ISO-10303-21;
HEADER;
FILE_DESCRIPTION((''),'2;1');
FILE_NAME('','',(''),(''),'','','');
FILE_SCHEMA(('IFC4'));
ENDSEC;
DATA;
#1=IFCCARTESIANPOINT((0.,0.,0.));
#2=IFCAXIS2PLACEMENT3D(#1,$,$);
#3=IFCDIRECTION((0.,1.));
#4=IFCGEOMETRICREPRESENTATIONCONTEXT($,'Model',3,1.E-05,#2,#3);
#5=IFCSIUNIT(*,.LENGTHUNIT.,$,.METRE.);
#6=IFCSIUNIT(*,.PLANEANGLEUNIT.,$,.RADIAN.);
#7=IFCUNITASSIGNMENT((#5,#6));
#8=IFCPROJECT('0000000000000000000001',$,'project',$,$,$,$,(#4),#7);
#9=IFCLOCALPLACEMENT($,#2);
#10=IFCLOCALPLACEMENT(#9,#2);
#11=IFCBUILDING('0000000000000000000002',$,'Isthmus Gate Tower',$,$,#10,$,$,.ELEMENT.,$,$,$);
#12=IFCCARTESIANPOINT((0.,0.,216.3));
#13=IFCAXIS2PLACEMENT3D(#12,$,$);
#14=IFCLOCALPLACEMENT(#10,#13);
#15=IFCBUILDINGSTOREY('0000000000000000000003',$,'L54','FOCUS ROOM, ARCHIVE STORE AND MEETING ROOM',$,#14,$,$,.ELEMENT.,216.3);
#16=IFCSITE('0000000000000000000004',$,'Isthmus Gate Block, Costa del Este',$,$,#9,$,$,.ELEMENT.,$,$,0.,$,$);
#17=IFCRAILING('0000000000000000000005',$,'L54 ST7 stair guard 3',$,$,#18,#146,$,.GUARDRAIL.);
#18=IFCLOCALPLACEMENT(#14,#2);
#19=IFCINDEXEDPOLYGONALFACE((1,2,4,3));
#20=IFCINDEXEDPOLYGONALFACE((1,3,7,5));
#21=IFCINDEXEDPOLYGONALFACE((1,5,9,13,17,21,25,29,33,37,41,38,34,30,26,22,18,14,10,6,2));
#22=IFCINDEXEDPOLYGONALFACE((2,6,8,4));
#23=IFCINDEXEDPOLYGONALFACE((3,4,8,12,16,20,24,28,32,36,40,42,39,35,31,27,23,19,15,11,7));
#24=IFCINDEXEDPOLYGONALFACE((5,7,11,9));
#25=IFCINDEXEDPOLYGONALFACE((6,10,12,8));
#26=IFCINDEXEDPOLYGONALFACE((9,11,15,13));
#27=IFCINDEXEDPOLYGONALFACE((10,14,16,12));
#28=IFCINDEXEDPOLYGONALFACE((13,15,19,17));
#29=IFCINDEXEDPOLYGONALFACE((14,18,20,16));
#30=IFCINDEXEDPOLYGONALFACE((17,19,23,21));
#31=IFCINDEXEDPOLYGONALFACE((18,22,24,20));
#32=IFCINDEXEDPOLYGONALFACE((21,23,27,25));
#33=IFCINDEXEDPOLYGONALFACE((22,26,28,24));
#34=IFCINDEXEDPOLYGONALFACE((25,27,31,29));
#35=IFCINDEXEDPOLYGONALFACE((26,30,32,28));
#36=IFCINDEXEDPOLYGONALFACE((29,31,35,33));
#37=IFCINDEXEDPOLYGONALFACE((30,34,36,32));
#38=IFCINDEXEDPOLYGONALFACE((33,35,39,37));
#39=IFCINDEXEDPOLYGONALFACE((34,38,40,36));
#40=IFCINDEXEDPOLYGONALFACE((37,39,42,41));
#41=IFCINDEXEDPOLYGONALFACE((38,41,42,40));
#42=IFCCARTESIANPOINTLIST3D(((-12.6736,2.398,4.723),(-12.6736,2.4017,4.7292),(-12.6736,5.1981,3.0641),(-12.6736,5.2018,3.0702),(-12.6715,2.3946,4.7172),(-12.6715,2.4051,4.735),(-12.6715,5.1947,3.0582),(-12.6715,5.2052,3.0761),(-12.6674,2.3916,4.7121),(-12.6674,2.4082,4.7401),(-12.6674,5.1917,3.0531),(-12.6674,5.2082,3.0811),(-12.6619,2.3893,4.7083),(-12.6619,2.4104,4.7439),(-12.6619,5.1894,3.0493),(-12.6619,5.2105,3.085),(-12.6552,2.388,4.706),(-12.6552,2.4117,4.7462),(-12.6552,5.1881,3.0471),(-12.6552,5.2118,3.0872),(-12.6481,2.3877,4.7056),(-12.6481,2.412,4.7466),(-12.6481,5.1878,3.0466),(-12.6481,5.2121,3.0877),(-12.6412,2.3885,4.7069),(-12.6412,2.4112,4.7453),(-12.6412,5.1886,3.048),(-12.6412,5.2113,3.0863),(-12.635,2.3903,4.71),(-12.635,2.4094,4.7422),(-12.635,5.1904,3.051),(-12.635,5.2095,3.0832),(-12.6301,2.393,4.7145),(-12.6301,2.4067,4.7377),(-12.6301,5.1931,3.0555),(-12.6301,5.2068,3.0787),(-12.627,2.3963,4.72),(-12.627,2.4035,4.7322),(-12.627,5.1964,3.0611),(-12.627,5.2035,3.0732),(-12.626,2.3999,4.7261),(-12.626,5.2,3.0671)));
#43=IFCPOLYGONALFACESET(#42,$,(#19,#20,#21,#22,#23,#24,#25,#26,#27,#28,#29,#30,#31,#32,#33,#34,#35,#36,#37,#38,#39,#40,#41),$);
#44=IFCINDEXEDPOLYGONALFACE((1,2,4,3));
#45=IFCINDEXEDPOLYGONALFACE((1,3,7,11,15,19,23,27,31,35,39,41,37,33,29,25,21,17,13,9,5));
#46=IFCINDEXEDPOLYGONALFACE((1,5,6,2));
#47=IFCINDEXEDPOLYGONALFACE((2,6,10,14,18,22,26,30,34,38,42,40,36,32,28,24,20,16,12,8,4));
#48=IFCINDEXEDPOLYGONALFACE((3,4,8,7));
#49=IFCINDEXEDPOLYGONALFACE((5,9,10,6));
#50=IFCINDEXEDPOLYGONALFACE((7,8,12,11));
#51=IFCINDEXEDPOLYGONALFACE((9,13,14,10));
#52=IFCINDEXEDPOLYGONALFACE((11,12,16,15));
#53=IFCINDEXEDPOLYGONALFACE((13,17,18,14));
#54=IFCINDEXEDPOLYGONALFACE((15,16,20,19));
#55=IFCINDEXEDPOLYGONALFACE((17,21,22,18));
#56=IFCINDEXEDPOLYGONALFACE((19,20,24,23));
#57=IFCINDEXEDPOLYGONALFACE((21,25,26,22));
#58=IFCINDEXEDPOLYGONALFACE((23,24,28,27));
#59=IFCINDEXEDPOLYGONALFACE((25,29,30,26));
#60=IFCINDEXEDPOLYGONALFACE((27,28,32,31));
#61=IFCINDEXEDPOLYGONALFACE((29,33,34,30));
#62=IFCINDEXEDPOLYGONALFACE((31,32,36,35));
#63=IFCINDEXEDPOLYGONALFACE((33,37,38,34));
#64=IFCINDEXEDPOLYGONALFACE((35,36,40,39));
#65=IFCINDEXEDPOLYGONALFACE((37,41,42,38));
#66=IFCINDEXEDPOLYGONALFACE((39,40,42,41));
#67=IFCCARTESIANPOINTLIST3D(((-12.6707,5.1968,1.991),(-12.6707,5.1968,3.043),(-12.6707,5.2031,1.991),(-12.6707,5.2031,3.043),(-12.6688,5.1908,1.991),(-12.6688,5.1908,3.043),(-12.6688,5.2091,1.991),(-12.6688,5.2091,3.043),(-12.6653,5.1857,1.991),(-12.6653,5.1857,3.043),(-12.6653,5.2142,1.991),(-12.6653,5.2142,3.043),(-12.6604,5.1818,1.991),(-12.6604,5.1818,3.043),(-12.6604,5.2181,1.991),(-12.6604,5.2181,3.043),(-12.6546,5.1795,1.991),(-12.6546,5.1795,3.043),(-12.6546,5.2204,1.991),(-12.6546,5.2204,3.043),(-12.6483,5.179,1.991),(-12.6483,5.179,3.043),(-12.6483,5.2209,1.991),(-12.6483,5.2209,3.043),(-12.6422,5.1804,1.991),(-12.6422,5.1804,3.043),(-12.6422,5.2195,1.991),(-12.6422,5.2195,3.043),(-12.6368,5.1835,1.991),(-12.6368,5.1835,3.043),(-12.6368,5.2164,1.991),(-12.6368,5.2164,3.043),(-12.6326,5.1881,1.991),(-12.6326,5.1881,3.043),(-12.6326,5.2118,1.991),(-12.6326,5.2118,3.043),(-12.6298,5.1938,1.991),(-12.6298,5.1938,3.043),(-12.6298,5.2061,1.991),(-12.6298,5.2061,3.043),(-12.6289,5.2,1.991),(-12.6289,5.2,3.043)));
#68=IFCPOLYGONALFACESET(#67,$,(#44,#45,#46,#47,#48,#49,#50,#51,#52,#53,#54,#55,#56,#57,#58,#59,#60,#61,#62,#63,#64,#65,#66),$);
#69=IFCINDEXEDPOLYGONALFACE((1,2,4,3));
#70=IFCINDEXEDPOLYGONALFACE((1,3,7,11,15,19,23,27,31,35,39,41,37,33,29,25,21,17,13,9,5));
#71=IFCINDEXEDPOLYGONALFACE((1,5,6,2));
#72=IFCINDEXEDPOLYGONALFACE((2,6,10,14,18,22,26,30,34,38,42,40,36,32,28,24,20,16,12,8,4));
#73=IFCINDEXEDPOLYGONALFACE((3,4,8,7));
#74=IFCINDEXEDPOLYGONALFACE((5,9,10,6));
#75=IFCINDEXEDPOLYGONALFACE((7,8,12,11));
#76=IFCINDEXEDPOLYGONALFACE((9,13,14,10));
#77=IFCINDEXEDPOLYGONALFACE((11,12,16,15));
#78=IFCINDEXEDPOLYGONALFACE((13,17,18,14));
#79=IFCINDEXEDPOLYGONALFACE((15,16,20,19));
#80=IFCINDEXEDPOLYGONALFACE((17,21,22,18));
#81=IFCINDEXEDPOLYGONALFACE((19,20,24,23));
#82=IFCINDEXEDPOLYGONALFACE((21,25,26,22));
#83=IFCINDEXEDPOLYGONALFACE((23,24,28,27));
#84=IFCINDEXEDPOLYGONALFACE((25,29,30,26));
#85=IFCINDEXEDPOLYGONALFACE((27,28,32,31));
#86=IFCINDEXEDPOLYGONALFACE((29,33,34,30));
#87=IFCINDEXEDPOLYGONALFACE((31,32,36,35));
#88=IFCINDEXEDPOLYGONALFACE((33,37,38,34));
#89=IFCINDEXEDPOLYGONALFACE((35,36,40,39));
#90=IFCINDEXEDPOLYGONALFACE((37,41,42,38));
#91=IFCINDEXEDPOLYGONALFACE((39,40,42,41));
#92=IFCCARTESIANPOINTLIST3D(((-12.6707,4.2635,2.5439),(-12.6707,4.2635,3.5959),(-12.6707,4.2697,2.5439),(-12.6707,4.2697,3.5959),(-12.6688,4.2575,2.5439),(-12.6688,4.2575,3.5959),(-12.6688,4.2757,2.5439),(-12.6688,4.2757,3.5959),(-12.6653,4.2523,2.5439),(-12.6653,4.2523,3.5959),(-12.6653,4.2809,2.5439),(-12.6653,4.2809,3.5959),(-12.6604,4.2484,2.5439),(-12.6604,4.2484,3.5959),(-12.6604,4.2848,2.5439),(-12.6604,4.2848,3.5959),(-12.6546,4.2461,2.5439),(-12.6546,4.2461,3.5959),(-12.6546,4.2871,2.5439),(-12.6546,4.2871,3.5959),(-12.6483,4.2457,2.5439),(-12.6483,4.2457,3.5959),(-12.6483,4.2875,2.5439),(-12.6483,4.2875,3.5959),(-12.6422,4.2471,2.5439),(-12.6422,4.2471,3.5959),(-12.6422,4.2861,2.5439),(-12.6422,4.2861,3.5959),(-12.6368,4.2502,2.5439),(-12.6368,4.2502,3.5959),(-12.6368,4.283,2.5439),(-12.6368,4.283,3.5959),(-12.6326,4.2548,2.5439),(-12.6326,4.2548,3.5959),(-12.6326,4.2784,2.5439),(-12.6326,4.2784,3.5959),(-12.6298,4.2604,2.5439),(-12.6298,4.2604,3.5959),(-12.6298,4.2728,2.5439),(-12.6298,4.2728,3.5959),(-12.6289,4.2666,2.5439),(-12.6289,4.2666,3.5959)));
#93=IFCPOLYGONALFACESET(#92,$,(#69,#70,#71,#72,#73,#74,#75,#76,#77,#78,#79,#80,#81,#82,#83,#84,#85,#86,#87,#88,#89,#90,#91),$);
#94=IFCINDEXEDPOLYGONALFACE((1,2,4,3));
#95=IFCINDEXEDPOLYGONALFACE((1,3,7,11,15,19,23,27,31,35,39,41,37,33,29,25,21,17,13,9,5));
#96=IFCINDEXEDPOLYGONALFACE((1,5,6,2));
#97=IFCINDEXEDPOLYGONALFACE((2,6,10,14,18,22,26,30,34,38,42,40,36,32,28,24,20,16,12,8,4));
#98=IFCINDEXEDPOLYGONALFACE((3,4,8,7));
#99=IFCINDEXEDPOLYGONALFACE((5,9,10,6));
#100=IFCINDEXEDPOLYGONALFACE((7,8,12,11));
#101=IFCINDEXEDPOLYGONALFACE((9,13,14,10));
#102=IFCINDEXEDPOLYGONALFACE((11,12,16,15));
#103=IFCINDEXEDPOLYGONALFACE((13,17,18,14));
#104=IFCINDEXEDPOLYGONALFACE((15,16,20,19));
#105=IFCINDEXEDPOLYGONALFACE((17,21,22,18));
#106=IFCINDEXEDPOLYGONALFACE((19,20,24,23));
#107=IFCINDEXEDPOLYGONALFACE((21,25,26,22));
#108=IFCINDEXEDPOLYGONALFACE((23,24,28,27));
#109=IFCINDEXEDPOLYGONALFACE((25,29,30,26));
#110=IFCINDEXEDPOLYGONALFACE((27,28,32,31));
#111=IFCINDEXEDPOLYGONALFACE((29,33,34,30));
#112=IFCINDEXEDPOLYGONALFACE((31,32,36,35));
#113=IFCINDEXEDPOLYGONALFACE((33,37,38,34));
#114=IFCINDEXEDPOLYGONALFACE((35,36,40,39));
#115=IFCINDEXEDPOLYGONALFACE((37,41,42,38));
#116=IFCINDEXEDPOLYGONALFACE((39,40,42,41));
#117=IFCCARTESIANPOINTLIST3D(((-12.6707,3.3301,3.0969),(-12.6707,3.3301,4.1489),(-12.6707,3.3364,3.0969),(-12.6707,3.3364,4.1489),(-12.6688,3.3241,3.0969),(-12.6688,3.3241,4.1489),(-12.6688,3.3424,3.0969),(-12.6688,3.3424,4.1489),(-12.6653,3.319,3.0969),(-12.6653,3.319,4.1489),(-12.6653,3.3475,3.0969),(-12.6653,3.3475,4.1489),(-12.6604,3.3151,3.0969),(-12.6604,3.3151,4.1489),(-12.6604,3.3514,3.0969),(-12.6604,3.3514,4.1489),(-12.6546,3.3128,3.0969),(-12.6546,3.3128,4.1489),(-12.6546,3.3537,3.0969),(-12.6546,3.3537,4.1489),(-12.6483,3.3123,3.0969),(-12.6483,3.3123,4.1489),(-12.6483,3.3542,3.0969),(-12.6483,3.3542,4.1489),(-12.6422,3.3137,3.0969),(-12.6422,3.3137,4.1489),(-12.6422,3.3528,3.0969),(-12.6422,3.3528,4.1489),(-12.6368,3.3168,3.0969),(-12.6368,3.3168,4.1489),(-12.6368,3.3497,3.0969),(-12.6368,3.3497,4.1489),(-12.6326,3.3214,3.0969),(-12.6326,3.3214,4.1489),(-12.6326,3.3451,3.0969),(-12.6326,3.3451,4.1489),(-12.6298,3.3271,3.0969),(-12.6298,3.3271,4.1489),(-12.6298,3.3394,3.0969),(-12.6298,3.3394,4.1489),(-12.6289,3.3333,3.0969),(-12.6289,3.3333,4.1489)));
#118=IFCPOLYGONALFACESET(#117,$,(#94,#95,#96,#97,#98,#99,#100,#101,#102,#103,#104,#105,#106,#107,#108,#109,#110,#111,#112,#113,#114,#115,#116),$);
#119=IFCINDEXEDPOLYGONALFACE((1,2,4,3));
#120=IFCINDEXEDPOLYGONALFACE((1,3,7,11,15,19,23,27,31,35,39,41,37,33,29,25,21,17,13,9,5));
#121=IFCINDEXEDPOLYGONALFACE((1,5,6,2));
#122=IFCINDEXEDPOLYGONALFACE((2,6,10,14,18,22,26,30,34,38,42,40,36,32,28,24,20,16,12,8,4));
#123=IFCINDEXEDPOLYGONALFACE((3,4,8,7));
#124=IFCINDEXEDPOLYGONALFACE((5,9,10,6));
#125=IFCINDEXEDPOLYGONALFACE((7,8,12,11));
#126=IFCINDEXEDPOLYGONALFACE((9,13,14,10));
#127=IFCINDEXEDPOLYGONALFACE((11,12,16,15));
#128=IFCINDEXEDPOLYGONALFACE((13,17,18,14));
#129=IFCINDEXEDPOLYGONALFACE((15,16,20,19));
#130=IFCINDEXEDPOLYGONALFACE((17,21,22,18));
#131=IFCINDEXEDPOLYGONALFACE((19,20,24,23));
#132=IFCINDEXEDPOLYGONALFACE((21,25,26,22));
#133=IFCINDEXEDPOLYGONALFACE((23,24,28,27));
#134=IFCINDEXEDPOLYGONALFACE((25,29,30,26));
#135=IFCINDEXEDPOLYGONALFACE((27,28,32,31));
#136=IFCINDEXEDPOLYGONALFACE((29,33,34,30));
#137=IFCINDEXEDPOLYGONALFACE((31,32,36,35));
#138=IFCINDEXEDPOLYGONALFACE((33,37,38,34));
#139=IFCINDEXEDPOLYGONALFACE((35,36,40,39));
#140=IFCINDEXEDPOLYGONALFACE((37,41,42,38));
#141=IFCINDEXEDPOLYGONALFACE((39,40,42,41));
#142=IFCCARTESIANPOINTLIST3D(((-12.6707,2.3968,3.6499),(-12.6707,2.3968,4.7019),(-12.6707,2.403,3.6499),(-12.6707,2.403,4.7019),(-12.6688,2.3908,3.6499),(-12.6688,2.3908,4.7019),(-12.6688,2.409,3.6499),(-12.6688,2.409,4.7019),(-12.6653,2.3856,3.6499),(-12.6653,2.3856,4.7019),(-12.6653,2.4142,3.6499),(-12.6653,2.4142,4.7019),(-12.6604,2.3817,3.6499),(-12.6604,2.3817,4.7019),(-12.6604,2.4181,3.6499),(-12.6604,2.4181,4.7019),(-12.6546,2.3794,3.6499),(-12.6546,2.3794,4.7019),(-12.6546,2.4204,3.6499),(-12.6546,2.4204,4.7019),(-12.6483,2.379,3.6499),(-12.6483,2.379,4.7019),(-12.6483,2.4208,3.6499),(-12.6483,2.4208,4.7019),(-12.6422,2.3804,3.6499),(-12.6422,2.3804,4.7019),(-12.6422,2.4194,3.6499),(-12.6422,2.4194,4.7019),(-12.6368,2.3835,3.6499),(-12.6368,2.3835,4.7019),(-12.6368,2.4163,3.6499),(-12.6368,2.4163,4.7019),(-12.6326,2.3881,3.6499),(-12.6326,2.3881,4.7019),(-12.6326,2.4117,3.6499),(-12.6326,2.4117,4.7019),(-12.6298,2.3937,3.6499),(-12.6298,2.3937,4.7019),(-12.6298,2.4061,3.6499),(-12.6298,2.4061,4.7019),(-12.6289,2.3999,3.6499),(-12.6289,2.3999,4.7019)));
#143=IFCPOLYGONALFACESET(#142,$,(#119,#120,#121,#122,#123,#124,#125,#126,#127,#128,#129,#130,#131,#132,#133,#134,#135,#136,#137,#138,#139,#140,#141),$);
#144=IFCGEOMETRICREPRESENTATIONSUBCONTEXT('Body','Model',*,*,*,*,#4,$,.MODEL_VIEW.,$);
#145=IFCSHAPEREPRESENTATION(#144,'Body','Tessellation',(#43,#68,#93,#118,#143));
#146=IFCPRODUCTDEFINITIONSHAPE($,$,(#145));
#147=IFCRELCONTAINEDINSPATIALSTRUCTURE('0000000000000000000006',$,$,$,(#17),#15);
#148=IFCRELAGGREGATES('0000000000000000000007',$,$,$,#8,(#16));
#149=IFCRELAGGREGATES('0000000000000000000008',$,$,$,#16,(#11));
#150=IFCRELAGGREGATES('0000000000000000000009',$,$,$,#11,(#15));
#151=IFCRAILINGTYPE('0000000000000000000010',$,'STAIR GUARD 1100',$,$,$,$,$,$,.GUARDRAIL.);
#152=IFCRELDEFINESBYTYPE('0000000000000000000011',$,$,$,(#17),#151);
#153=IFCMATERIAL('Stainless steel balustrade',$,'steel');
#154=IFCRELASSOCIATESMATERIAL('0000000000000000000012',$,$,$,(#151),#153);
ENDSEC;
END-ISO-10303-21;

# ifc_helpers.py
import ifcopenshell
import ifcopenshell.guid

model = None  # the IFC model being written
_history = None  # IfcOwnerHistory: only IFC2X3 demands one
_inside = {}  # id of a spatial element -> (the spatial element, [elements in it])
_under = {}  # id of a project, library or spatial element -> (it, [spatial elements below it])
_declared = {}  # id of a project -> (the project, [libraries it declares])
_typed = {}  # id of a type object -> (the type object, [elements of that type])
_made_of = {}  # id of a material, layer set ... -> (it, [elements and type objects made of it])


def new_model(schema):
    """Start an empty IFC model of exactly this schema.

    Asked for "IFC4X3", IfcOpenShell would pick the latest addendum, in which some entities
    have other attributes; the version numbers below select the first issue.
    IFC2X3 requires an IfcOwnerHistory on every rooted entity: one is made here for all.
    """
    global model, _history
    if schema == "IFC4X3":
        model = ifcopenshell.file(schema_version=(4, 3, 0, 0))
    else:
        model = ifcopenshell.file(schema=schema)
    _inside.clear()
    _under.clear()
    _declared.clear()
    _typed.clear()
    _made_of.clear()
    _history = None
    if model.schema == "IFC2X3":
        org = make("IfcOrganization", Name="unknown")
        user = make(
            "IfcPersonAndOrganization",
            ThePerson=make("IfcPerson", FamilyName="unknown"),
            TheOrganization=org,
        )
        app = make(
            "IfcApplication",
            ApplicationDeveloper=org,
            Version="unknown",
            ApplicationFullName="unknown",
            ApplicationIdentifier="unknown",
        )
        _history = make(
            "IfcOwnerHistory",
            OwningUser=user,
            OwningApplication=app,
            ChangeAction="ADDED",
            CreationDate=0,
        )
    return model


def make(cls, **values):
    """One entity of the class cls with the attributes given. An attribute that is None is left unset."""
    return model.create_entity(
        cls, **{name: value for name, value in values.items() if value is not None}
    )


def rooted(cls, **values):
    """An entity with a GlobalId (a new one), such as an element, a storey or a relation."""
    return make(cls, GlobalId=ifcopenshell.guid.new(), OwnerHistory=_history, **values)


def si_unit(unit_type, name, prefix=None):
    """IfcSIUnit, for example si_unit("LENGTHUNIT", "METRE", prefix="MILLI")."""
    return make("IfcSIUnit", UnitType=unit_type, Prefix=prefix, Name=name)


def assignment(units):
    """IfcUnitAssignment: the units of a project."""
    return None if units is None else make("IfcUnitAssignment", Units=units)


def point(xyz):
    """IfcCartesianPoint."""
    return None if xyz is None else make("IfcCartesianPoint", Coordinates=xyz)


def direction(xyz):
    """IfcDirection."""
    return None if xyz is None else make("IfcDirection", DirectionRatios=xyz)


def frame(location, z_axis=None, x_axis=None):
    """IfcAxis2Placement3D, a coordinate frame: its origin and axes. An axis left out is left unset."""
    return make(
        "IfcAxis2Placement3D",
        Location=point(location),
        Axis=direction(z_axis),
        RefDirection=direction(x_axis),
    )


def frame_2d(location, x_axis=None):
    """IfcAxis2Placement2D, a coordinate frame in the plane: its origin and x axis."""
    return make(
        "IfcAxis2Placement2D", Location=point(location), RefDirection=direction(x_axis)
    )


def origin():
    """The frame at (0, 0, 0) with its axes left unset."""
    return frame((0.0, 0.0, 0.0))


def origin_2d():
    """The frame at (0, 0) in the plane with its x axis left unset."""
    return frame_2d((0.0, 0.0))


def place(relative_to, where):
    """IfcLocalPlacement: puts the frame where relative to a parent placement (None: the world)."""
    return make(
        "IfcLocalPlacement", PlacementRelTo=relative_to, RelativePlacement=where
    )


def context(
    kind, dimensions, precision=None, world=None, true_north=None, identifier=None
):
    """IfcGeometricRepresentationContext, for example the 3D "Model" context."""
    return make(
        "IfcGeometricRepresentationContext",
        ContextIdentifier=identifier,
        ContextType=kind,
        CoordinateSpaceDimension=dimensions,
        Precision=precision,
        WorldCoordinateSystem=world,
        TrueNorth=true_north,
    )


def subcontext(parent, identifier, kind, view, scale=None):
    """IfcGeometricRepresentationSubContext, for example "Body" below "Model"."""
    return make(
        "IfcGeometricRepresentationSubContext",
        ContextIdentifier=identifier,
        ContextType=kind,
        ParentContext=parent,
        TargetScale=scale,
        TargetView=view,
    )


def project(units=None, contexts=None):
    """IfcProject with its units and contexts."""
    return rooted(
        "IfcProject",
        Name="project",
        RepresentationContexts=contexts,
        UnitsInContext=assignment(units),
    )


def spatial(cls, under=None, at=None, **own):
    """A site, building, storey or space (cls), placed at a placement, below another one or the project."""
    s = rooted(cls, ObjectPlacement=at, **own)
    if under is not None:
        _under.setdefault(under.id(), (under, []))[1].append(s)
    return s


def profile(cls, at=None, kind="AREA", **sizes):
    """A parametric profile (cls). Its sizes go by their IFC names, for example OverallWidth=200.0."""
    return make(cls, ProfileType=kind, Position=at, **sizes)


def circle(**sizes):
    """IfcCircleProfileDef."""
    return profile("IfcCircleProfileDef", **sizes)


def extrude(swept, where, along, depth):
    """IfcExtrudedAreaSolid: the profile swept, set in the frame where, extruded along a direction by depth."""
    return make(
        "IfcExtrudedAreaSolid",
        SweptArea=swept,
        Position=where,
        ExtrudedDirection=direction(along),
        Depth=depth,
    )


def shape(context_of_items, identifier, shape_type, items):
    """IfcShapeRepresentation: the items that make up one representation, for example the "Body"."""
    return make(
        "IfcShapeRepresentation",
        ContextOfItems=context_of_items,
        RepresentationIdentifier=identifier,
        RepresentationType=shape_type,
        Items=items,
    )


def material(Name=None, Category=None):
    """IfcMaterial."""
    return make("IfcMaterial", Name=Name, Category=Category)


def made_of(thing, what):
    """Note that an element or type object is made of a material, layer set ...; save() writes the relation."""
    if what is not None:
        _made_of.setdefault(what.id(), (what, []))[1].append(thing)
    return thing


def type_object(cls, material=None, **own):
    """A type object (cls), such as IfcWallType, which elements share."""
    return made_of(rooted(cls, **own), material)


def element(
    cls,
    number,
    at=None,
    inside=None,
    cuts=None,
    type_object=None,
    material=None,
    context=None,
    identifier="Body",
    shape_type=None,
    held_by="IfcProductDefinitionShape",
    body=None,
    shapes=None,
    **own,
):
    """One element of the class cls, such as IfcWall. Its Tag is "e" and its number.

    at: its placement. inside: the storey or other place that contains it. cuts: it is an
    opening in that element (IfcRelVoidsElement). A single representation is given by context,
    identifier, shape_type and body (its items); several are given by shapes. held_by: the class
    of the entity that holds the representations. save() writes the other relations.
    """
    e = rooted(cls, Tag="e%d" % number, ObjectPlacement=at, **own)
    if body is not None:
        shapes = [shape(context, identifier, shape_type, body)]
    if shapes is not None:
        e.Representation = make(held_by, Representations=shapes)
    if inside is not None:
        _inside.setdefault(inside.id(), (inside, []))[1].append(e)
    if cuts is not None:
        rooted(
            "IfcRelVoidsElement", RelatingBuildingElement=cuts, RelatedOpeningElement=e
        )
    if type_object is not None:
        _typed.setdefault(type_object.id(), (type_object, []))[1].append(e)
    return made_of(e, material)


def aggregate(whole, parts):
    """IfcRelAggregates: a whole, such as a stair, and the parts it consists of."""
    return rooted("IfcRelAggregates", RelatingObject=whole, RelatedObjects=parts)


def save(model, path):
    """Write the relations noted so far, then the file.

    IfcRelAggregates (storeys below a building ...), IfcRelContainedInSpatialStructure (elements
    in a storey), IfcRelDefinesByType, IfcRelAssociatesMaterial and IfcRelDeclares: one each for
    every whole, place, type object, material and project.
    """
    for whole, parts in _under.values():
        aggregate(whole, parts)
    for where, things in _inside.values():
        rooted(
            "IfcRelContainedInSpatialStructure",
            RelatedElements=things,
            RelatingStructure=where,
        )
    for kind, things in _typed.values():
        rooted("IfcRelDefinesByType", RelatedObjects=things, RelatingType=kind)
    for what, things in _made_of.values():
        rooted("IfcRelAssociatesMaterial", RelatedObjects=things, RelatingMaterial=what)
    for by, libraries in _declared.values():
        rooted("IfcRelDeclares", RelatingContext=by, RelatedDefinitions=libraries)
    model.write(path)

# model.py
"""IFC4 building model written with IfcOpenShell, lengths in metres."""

from ifc_helpers import new_model, si_unit, direction, frame, origin, origin_2d, place, context, subcontext, project, spatial, circle, extrude, material, type_object, element, save


model = new_model("IFC4")

# Units and contexts
model_context = context("Model", 3, precision=1e-05, world=origin(), true_north=direction((0.0, 1.0)))
body_context = subcontext(model_context, "Body", "Model", "MODEL_VIEW")
ifc_project = project(units=[si_unit("LENGTHUNIT", "METRE"), si_unit("PLANEANGLEUNIT", "RADIAN")], contexts=[model_context])

# Site, building, storey
site_placement = place(None, origin())
site = spatial("IfcSite", under=ifc_project, at=site_placement, Name="Isthmus Gate Block, Costa del Este", CompositionType="ELEMENT", RefElevation=0.0)
building_placement = place(site_placement, origin())
building = spatial("IfcBuilding", under=site, at=building_placement, Name="Isthmus Gate Tower", CompositionType="ELEMENT")
storey_placement = place(building_placement, frame((0.0, 0.0, 216.3)))
storey = spatial("IfcBuildingStorey", under=building, at=storey_placement, Name="L54", Description="FOCUS ROOM, ARCHIVE STORE AND MEETING ROOM", CompositionType="ELEMENT", Elevation=216.3)

# Railing
ifc_material_1 = material(Name="Stainless steel balustrade", Category="steel")
railing_type_1 = type_object("IfcRailingType", Name="STAIR GUARD 1100", PredefinedType="GUARDRAIL", material=ifc_material_1)
railing_1_placement = place(storey_placement, frame((-12.6499, 5.2, 1.991)))
element("IfcRailing", 1, at=railing_1_placement, inside=storey, type_object=railing_type_1, Name="L54 ST7 stair guard 3", PredefinedType="GUARDRAIL", context=body_context, shape_type="SweptSolid", body=[
    extrude(circle(Radius=0.0239, at=origin_2d()), frame((0.0, 0.0, 1.0762), z_axis=(0.0, -0.860339, 0.509722), x_axis=(1.0, 0.0, 0.0)), (0.0, 0.0, 1.0), 3.2546),
    extrude(circle(Radius=0.021, at=origin_2d()), origin(), (0.0, 0.0, 1.0), 1.052),
    extrude(circle(Radius=0.021, at=origin_2d()), frame((0.0, -0.9333, 0.553)), (0.0, 0.0, 1.0), 1.052),
    extrude(circle(Radius=0.021, at=origin_2d()), frame((0.0, -1.8667, 1.106)), (0.0, 0.0, 1.0), 1.052),
    extrude(circle(Radius=0.021, at=origin_2d()), frame((0.0, -2.8, 1.6589)), (0.0, 0.0, 1.0), 1.052),
])

save(model, "model.ifc")
